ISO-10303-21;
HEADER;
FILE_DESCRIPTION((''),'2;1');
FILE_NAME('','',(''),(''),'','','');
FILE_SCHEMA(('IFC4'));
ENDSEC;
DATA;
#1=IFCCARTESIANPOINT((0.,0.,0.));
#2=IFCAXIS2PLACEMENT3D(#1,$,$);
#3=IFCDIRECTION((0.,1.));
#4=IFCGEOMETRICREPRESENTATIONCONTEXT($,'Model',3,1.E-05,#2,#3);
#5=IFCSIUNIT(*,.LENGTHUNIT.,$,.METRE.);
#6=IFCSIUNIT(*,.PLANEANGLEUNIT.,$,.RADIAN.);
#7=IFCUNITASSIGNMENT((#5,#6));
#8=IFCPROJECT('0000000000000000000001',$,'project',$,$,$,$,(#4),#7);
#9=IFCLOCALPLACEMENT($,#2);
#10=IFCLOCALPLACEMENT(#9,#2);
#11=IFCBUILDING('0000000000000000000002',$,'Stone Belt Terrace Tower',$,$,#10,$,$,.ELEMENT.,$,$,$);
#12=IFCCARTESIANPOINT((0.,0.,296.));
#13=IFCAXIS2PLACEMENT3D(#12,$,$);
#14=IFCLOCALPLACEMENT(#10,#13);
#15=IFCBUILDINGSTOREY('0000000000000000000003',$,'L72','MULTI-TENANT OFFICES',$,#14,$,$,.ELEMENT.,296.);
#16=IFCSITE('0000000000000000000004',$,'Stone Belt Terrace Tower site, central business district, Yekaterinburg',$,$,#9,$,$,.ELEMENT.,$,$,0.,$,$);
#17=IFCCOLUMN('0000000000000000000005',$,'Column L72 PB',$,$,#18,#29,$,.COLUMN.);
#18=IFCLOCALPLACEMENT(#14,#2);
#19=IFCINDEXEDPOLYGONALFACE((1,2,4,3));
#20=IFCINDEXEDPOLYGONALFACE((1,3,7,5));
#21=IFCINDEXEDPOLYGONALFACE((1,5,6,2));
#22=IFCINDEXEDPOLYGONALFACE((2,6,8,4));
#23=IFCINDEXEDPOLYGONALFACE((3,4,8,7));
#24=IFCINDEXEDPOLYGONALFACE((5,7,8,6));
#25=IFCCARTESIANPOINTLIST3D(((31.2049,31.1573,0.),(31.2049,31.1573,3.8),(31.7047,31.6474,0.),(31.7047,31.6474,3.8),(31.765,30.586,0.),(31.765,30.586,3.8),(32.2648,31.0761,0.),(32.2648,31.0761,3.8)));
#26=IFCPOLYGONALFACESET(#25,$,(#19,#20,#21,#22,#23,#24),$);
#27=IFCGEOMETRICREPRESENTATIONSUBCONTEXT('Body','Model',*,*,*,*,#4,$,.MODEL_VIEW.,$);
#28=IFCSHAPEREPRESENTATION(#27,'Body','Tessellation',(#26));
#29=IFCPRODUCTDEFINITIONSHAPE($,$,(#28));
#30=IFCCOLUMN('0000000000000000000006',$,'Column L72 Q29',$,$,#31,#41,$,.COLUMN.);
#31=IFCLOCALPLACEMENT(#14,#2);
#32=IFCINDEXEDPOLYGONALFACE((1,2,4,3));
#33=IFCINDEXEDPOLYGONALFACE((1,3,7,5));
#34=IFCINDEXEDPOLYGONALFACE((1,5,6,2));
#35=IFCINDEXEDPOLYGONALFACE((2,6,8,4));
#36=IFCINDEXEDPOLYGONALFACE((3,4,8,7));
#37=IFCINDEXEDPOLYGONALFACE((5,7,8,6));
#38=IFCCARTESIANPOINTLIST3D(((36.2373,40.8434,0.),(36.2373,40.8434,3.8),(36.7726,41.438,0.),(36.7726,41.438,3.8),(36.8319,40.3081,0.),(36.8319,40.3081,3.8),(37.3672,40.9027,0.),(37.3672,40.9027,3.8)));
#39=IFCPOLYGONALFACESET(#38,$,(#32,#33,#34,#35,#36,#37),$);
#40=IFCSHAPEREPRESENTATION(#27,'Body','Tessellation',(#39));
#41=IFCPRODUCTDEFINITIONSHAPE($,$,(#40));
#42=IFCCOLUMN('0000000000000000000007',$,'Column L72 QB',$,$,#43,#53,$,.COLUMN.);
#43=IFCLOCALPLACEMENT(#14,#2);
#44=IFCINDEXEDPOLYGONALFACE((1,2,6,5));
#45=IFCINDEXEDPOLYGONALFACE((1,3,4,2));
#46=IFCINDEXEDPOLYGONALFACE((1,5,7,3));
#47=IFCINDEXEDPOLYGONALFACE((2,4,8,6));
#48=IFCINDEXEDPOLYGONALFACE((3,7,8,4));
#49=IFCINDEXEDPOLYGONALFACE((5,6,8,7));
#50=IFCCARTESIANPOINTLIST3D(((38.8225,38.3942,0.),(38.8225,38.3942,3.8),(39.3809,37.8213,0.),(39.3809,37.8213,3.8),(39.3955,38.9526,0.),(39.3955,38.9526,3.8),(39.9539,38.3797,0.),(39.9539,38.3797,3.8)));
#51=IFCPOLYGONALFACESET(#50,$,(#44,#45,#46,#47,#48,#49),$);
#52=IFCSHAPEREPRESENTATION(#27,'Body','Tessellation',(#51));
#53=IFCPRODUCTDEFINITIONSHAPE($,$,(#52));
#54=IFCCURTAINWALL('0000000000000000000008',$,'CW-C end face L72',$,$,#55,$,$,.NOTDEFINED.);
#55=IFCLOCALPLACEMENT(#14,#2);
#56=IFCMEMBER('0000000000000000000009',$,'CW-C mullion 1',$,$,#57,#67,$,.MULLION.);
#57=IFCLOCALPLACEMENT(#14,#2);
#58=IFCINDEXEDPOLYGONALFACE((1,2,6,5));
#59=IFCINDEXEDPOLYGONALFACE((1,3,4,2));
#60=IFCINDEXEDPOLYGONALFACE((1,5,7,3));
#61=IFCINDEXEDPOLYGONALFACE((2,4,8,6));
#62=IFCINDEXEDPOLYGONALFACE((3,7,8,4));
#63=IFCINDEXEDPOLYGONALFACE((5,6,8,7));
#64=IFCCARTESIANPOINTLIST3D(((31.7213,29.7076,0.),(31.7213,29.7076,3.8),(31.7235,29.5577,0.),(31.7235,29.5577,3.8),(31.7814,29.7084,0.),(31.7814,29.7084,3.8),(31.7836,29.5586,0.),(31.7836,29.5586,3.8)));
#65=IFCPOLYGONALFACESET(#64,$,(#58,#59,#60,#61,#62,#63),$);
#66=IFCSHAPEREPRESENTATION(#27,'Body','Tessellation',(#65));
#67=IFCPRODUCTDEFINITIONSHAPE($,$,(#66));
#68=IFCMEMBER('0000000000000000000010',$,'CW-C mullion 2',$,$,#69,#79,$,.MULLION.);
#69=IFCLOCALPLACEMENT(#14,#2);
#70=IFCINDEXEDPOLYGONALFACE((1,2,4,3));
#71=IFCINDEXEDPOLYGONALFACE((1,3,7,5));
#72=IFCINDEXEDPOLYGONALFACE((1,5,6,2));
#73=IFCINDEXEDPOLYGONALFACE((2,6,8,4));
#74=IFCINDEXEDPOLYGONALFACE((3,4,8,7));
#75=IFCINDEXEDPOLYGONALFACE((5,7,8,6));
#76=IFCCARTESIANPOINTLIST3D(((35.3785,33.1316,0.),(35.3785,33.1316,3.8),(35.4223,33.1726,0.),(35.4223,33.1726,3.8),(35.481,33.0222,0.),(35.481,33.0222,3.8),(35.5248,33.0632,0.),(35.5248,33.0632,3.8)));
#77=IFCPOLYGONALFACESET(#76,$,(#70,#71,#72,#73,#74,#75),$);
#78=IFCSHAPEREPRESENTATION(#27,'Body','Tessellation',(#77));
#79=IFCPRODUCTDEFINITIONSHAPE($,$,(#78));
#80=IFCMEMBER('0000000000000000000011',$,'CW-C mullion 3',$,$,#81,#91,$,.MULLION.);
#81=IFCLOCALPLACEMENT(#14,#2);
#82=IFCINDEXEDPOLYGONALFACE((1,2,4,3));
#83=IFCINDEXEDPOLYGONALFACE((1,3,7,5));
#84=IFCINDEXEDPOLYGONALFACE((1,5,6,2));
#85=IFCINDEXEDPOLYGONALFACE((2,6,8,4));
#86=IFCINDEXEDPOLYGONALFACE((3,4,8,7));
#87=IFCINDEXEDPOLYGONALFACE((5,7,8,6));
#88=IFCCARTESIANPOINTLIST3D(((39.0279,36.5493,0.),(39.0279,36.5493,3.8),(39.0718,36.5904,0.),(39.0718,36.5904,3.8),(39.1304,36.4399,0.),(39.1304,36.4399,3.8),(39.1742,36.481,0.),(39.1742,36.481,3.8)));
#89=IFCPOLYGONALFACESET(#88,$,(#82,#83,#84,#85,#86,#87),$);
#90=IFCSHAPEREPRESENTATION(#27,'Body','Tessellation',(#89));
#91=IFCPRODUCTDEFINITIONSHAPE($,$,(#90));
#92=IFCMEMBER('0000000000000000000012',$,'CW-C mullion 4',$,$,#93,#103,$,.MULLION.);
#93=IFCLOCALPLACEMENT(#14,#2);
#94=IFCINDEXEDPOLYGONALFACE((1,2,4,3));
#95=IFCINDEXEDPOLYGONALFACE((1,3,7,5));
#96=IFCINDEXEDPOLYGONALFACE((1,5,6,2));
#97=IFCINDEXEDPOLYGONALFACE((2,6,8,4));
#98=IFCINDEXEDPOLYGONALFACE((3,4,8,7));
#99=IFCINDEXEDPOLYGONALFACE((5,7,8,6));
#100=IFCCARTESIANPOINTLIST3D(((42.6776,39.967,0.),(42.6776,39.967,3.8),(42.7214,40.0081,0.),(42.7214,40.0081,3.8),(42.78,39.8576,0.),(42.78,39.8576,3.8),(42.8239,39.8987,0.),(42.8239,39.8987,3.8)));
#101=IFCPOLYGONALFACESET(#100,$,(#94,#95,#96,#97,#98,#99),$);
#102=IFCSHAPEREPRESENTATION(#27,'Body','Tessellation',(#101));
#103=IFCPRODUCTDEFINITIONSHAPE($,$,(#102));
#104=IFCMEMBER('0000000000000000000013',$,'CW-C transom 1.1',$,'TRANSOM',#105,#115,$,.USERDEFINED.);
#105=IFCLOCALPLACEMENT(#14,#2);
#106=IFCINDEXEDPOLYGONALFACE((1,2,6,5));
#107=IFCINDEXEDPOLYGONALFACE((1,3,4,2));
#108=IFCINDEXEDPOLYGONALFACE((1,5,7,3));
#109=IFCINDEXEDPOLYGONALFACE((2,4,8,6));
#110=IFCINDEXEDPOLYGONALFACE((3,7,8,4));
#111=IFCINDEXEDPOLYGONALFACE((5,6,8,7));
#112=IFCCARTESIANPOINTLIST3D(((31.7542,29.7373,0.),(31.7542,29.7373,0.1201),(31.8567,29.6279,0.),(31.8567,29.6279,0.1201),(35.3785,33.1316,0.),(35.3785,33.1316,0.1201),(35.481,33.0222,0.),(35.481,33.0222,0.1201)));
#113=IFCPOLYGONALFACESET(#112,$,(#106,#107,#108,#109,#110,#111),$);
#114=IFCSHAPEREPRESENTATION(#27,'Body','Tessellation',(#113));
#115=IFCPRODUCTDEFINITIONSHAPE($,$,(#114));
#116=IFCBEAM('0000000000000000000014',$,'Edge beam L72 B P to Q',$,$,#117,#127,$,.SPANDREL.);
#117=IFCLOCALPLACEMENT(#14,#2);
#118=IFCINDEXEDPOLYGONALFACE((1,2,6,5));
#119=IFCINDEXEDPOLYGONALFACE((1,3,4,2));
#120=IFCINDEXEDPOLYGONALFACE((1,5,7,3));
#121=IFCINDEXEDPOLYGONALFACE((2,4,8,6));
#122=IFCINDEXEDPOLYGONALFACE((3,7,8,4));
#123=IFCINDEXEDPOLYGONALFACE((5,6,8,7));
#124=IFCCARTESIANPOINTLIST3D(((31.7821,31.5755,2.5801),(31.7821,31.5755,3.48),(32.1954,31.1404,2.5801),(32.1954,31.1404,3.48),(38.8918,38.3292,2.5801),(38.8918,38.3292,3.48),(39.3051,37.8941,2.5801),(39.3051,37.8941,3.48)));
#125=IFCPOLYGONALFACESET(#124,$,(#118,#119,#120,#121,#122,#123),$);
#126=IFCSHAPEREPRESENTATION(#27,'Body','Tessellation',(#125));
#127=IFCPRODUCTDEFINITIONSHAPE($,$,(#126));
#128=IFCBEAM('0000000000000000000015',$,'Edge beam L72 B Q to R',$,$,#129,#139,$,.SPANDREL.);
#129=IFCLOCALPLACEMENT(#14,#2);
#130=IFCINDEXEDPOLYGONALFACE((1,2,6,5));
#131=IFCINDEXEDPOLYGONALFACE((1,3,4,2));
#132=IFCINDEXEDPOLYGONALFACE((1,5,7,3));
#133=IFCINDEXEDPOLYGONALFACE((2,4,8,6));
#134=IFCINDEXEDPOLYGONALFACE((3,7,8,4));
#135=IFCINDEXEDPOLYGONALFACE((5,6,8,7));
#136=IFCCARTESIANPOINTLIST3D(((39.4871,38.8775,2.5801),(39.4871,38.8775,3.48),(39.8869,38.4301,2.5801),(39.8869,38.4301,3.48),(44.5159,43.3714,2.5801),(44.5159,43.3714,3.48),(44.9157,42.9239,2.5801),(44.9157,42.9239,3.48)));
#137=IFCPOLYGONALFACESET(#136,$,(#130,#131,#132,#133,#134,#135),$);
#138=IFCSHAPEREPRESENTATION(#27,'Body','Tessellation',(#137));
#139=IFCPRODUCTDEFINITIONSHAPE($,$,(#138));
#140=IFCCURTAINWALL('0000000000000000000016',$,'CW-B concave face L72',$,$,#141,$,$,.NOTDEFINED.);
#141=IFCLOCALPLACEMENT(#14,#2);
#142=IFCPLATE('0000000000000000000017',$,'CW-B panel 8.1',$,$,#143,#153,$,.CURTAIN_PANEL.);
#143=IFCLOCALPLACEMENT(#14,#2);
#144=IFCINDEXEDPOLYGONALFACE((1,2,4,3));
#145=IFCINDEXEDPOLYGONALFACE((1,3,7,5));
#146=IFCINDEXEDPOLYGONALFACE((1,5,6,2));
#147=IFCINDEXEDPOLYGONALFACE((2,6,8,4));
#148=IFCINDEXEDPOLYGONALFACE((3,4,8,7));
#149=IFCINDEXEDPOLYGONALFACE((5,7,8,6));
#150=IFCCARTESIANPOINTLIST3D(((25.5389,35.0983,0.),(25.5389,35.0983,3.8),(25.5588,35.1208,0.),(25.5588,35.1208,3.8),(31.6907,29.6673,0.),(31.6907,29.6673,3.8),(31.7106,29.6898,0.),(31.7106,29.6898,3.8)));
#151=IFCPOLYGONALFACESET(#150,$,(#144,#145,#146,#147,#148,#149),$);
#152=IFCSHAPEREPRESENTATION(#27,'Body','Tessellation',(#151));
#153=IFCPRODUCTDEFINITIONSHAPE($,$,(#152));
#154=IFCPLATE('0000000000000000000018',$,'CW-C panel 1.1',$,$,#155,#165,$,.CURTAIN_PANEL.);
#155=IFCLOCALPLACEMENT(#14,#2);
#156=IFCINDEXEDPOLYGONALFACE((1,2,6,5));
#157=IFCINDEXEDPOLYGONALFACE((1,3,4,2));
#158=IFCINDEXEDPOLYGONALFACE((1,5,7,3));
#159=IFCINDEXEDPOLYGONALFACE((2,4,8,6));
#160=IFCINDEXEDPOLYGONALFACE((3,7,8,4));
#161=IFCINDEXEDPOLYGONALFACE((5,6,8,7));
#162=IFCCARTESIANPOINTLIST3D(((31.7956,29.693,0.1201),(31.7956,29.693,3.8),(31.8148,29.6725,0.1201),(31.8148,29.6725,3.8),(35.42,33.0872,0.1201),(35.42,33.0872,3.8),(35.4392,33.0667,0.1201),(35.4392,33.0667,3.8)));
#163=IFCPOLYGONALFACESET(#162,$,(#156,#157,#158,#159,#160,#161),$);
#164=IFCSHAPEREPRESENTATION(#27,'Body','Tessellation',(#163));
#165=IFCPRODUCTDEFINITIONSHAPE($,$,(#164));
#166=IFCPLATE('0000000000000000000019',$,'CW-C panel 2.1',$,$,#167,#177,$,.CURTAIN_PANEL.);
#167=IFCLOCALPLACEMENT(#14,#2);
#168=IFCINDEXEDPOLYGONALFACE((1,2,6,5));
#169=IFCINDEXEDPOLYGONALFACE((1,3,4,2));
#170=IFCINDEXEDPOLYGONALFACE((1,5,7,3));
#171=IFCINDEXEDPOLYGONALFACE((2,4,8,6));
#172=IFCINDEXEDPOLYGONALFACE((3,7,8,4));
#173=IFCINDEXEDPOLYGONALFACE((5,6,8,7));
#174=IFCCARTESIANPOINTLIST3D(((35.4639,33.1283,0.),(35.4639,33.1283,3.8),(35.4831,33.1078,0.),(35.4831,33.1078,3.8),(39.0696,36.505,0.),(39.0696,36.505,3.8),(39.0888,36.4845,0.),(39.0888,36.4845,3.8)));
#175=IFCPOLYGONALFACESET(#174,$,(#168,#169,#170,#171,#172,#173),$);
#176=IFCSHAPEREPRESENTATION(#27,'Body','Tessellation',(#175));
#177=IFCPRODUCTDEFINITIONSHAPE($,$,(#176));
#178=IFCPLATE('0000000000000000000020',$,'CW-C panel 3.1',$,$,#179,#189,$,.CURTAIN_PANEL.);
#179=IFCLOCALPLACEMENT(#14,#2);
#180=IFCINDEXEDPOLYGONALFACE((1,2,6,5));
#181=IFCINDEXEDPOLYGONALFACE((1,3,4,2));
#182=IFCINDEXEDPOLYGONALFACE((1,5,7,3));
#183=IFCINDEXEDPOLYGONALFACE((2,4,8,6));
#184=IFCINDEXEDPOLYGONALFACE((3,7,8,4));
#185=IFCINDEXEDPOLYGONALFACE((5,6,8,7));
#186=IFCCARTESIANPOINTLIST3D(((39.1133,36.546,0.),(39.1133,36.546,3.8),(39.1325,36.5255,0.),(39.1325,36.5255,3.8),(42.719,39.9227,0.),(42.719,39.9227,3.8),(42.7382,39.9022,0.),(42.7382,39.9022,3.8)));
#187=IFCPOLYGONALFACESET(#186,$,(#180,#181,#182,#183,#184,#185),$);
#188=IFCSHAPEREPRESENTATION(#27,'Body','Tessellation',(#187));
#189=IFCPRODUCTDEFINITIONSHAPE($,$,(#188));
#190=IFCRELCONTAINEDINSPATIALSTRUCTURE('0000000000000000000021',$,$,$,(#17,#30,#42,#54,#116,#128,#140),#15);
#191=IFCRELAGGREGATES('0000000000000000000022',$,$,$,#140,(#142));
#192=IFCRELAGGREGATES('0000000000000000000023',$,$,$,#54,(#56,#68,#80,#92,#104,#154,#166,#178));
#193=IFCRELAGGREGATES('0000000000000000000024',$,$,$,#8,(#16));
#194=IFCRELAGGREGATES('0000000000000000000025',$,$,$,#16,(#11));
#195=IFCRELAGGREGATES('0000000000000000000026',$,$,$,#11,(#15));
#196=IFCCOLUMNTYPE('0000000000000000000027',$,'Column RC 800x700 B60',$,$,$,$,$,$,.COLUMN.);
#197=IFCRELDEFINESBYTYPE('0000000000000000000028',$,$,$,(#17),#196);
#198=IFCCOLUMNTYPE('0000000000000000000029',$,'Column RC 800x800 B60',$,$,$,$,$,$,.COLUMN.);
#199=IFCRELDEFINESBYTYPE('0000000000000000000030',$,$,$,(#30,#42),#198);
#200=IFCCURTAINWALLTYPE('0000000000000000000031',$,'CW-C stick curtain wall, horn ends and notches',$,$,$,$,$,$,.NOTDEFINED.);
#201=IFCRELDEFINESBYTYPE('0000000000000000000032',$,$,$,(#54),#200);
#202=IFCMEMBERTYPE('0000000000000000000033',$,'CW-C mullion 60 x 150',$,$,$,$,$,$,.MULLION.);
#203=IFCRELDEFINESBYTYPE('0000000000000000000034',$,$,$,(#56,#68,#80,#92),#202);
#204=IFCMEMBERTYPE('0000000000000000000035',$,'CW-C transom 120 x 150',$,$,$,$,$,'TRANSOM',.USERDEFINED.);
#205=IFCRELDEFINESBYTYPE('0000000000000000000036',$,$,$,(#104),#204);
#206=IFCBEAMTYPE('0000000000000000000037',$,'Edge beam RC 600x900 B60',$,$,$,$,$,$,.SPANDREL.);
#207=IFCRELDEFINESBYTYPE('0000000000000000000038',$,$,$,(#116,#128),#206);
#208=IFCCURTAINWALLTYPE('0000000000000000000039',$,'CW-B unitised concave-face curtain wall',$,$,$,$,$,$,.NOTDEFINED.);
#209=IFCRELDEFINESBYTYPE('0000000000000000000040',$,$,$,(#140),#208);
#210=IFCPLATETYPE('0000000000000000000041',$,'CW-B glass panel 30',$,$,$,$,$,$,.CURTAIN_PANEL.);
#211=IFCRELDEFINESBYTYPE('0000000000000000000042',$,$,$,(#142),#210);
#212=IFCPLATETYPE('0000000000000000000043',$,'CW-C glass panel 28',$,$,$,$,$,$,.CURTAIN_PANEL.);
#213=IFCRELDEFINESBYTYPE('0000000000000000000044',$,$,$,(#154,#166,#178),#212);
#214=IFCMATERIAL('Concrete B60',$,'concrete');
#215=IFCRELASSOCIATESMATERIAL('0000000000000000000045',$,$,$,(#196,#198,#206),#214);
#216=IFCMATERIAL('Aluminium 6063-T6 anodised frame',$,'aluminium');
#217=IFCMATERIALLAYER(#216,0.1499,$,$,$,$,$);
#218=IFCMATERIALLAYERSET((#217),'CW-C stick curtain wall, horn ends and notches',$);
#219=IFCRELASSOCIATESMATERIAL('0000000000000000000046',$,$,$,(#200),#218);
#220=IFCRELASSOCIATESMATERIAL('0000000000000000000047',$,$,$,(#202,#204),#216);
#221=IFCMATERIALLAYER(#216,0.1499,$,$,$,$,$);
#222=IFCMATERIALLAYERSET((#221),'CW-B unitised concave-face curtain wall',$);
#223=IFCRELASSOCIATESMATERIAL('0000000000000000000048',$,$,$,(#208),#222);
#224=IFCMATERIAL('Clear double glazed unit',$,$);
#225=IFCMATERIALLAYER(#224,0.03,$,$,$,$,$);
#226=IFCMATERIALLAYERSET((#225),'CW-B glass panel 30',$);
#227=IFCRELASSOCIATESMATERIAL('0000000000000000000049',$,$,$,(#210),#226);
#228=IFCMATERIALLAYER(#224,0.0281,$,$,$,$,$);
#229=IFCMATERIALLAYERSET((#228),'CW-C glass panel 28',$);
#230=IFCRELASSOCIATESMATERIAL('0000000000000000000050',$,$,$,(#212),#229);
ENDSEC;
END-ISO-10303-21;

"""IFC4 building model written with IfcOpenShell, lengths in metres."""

from ifc_helpers import new_model, si_unit, direction, frame, origin, origin_2d, place, context, subcontext, project, spatial, rectangle, extrude, material, layer, layer_set, material_profile, profile_set, type_object, element, aggregate, save


model = new_model("IFC4")

# Units and contexts
model_context = context("Model", 3, precision=1e-05, world=origin(), true_north=direction((0.0, 1.0)))
body_context = subcontext(model_context, "Body", "Model", "MODEL_VIEW")
ifc_project = project(units=[si_unit("LENGTHUNIT", "METRE"), si_unit("PLANEANGLEUNIT", "RADIAN")], contexts=[model_context])

# Site, building, storey
site_placement = place(None, origin())
site = spatial("IfcSite", under=ifc_project, at=site_placement, Name="Stone Belt Terrace Tower site, central business district, Yekaterinburg", CompositionType="ELEMENT", RefElevation=0.0)
building_placement = place(site_placement, origin())
building = spatial("IfcBuilding", under=site, at=building_placement, Name="Stone Belt Terrace Tower", CompositionType="ELEMENT")
storey_placement = place(building_placement, frame((0.0, 0.0, 296.0)))
storey = spatial("IfcBuildingStorey", under=building, at=storey_placement, Name="L72", Description="MULTI-TENANT OFFICES", CompositionType="ELEMENT", Elevation=296.0)

# Columns
ifc_material_1 = material(Name="Concrete B60", Category="concrete")
ifc_material_profile_1 = material_profile(ifc_material_1, rectangle(XDim=0.8, YDim=0.7, at=origin_2d()), Name="RC 800x700")
ifc_profile_set_1 = profile_set([ifc_material_profile_1], Name="Concrete B60")
column_type_1 = type_object("IfcColumnType", Name="Column RC 800x700 B60", PredefinedType="COLUMN", material=ifc_profile_set_1)
column_placement = place(storey_placement, frame((31.7349, 31.1167, 0.0), z_axis=(0.0, 0.0, 1.0), x_axis=(0.70012, -0.714026, 0.0)))
element("IfcColumn", 1, at=column_placement, inside=storey, type_object=column_type_1, Name="Column L72 PB", PredefinedType="COLUMN", context=body_context, shape_type="SweptSolid", body=[
    extrude(rectangle(XDim=0.8, YDim=0.7, at=origin_2d()), origin(), (0.0, 0.0, 1.0), 3.8),
])
ifc_material_profile_2 = material_profile(ifc_material_1, rectangle(XDim=0.8, YDim=0.8, at=origin_2d()), Name="RC 800x800")
ifc_profile_set_2 = profile_set([ifc_material_profile_2], Name="Concrete B60")
column_type_2 = type_object("IfcColumnType", Name="Column RC 800x800 B60", PredefinedType="COLUMN", material=ifc_profile_set_2)
for number, where, z_axis, x_axis, name in (
    (2, (36.8022, 40.873, 0.0), (0.0, 0.0, 1.0), (0.743145, -0.669131, 0.0), "Column L72 Q29"),
    (3, (39.3882, 38.387, 0.0), (0.0, 0.0, 1.0), (0.697944, -0.716152, 0.0), "Column L72 QB"),
):
    element("IfcColumn", number, at=place(storey_placement, frame(where, z_axis=z_axis, x_axis=x_axis)), inside=storey, type_object=column_type_2, Name=name, PredefinedType="COLUMN", context=body_context, shape_type="SweptSolid", body=[
        extrude(rectangle(XDim=0.8, YDim=0.8, at=origin_2d()), origin(), (0.0, 0.0, 1.0), 3.8),
    ])

# Curtain wall, members
ifc_material_2 = material(Name="Aluminium 6063-T6 anodised frame", Category="aluminium")
ifc_layer_1 = layer(ifc_material_2, 0.1499)
ifc_layer_set_1 = layer_set([ifc_layer_1], Name="CW-C stick curtain wall, horn ends and notches")
curtain_wall_type_1 = type_object("IfcCurtainWallType", Name="CW-C stick curtain wall, horn ends and notches", PredefinedType="NOTDEFINED", material=ifc_layer_set_1)
curtain_wall_1_placement = place(storey_placement, origin())
curtain_wall_1 = element("IfcCurtainWall", 4, at=curtain_wall_1_placement, inside=storey, type_object=curtain_wall_type_1, Name="CW-C end face L72", PredefinedType="NOTDEFINED")
ifc_material_profile_3 = material_profile(ifc_material_2, rectangle(XDim=0.1499, YDim=0.0601, at=origin_2d()), Name="Aluminium 6063-T6 60x150")
ifc_profile_set_3 = profile_set([ifc_material_profile_3], Name="Aluminium 6063-T6 anodised frame")
member_type_1 = type_object("IfcMemberType", Name="CW-C mullion 60 x 150", PredefinedType="MULLION", material=ifc_profile_set_3)
member_1_placement = place(storey_placement, frame((31.7524, 29.6331, 0.0), z_axis=(0.0, 0.0, 1.0), x_axis=(-0.014682, 0.999892, 0.0)))
member_1 = element("IfcMember", 5, at=member_1_placement, type_object=member_type_1, Name="CW-C mullion 1", PredefinedType="MULLION", context=body_context, shape_type="SweptSolid", body=[
    extrude(rectangle(XDim=0.1499, YDim=0.0601, at=origin_2d()), origin(), (0.0, 0.0, 1.0), 3.8),
])
member_2_placement = place(storey_placement, frame((35.4517, 33.0974, 0.0), z_axis=(0.0, 0.0, 1.0), x_axis=(-0.683549, 0.729904, 0.0)))
member_2 = element("IfcMember", 6, at=member_2_placement, type_object=member_type_1, Name="CW-C mullion 2", PredefinedType="MULLION", context=body_context, shape_type="SweptSolid", body=[
    extrude(rectangle(XDim=0.1499, YDim=0.0601, at=origin_2d()), origin(), (0.0, 0.0, 1.0), 3.8),
])
member_3_placement = place(storey_placement, frame((39.1011, 36.5151, 0.0), z_axis=(0.0, 0.0, 1.0), x_axis=(-0.683549, 0.729904, 0.0)))
member_3 = element("IfcMember", 7, at=member_3_placement, type_object=member_type_1, Name="CW-C mullion 3", PredefinedType="MULLION", context=body_context, shape_type="SweptSolid", body=[
    extrude(rectangle(XDim=0.1499, YDim=0.0601, at=origin_2d()), origin(), (0.0, 0.0, 1.0), 3.8),
])
member_4_placement = place(storey_placement, frame((42.7507, 39.9329, 0.0), z_axis=(0.0, 0.0, 1.0), x_axis=(-0.683549, 0.729904, 0.0)))
member_4 = element("IfcMember", 8, at=member_4_placement, type_object=member_type_1, Name="CW-C mullion 4", PredefinedType="MULLION", context=body_context, shape_type="SweptSolid", body=[
    extrude(rectangle(XDim=0.1499, YDim=0.0601, at=origin_2d()), origin(), (0.0, 0.0, 1.0), 3.8),
])
ifc_material_profile_4 = material_profile(ifc_material_2, rectangle(XDim=0.1499, YDim=0.1201, at=origin_2d()), Name="Aluminium 6063-T6 150x120")
ifc_profile_set_4 = profile_set([ifc_material_profile_4], Name="Aluminium 6063-T6 anodised frame")
member_type_2 = type_object("IfcMemberType", Name="CW-C transom 120 x 150", ElementType="TRANSOM", PredefinedType="USERDEFINED", material=ifc_profile_set_4)
member_5_placement = place(storey_placement, frame((31.8054, 29.6826, 0.0601), z_axis=(0.729885, 0.68357, 0.0), x_axis=(-0.68357, 0.729885, 0.0)))
member_5 = element("IfcMember", 9, at=member_5_placement, type_object=member_type_2, Name="CW-C transom 1.1", ObjectType="TRANSOM", PredefinedType="USERDEFINED", context=body_context, shape_type="SweptSolid", body=[
    extrude(rectangle(XDim=0.1499, YDim=0.1201, at=origin_2d()), origin(), (0.0, 0.0, 1.0), 4.9656),
])

# Beams
ifc_material_profile_5 = material_profile(ifc_material_1, rectangle(XDim=0.6001, YDim=0.8999, at=origin_2d()), Name="RC 600x900")
ifc_profile_set_5 = profile_set([ifc_material_profile_5], Name="Concrete B60")
beam_type = type_object("IfcBeamType", Name="Edge beam RC 600x900 B60", PredefinedType="SPANDREL", material=ifc_profile_set_5)
beam_1_placement = place(storey_placement, frame((31.9888, 31.3579, 3.03), z_axis=(0.725024, 0.688724, 0.0), x_axis=(-0.688724, 0.725024, 0.0)))
element("IfcBeam", 10, at=beam_1_placement, inside=storey, type_object=beam_type, Name="Edge beam L72 B P to Q", PredefinedType="SPANDREL", context=body_context, shape_type="SweptSolid", body=[
    extrude(rectangle(XDim=0.6001, YDim=0.8999, at=origin_2d()), origin(), (0.0, 0.0, 1.0), 9.8062),
])
beam_2_placement = place(storey_placement, frame((39.687, 38.6538, 3.03), z_axis=(0.745651, 0.666337, 0.0), x_axis=(-0.666337, 0.745651, 0.0)))
element("IfcBeam", 11, at=beam_2_placement, inside=storey, type_object=beam_type, Name="Edge beam L72 B Q to R", PredefinedType="SPANDREL", context=body_context, shape_type="SweptSolid", body=[
    extrude(rectangle(XDim=0.6001, YDim=0.8999, at=origin_2d()), origin(), (0.0, 0.0, 1.0), 6.7441),
])

# Curtain wall, plate
ifc_layer_2 = layer(ifc_material_2, 0.1499)
ifc_layer_set_2 = layer_set([ifc_layer_2], Name="CW-B unitised concave-face curtain wall")
curtain_wall_type_2 = type_object("IfcCurtainWallType", Name="CW-B unitised concave-face curtain wall", PredefinedType="NOTDEFINED", material=ifc_layer_set_2)
curtain_wall_2_placement = place(storey_placement, origin())
curtain_wall_2 = element("IfcCurtainWall", 12, at=curtain_wall_2_placement, inside=storey, type_object=curtain_wall_type_2, Name="CW-B concave face L72", PredefinedType="NOTDEFINED")
ifc_material_3 = material(Name="Clear double glazed unit")
ifc_layer_3 = layer(ifc_material_3, 0.03)
ifc_layer_set_3 = layer_set([ifc_layer_3], Name="CW-B glass panel 30")
plate_type_1 = type_object("IfcPlateType", Name="CW-B glass panel 30", PredefinedType="CURTAIN_PANEL", material=ifc_layer_set_3)
plate_1_placement = place(storey_placement, frame((28.6248, 32.394, 0.0), z_axis=(0.0, 0.0, 1.0), x_axis=(0.749659, -0.661825, 0.0)))
plate_1 = element("IfcPlate", 13, at=plate_1_placement, type_object=plate_type_1, Name="CW-B panel 8.1", PredefinedType="CURTAIN_PANEL", context=body_context, shape_type="SweptSolid", body=[
    extrude(rectangle(XDim=8.2061, YDim=0.03, at=origin_2d()), origin(), (0.0, 0.0, 1.0), 3.8),
])
aggregate(curtain_wall_2, [plate_1])

# Plates
ifc_layer_4 = layer(ifc_material_3, 0.0281)
ifc_layer_set_4 = layer_set([ifc_layer_4], Name="CW-C glass panel 28")
plate_type_2 = type_object("IfcPlateType", Name="CW-C glass panel 28", PredefinedType="CURTAIN_PANEL", material=ifc_layer_set_4)
plate_2_placement = place(storey_placement, frame((33.6174, 31.3799, 0.1201), z_axis=(0.0, 0.0, 1.0), x_axis=(0.729904, 0.683549, 0.0)))
plate_2 = element("IfcPlate", 14, at=plate_2_placement, type_object=plate_type_2, Name="CW-C panel 1.1", PredefinedType="CURTAIN_PANEL", context=body_context, shape_type="SweptSolid", body=[
    extrude(rectangle(XDim=4.9656, YDim=0.0281, at=origin_2d()), origin(), (0.0, 0.0, 1.0), 3.6799),
])
plate_3_placement = place(storey_placement, frame((37.2764, 34.8064, 0.0), z_axis=(0.0, 0.0, 1.0), x_axis=(0.729904, 0.683549, 0.0)))
plate_3 = element("IfcPlate", 15, at=plate_3_placement, type_object=plate_type_2, Name="CW-C panel 2.1", PredefinedType="CURTAIN_PANEL", context=body_context, shape_type="SweptSolid", body=[
    extrude(rectangle(XDim=4.9399, YDim=0.0281, at=origin_2d()), origin(), (0.0, 0.0, 1.0), 3.8),
])
plate_4_placement = place(storey_placement, frame((40.9258, 38.2241, 0.0), z_axis=(0.0, 0.0, 1.0), x_axis=(0.729904, 0.683549, 0.0)))
plate_4 = element("IfcPlate", 16, at=plate_4_placement, type_object=plate_type_2, Name="CW-C panel 3.1", PredefinedType="CURTAIN_PANEL", context=body_context, shape_type="SweptSolid", body=[
    extrude(rectangle(XDim=4.9399, YDim=0.0281, at=origin_2d()), origin(), (0.0, 0.0, 1.0), 3.8),
])
aggregate(curtain_wall_1, [member_1, member_2, member_3, member_4, member_5, plate_2, plate_3, plate_4])

save(model, "model.ifc")
